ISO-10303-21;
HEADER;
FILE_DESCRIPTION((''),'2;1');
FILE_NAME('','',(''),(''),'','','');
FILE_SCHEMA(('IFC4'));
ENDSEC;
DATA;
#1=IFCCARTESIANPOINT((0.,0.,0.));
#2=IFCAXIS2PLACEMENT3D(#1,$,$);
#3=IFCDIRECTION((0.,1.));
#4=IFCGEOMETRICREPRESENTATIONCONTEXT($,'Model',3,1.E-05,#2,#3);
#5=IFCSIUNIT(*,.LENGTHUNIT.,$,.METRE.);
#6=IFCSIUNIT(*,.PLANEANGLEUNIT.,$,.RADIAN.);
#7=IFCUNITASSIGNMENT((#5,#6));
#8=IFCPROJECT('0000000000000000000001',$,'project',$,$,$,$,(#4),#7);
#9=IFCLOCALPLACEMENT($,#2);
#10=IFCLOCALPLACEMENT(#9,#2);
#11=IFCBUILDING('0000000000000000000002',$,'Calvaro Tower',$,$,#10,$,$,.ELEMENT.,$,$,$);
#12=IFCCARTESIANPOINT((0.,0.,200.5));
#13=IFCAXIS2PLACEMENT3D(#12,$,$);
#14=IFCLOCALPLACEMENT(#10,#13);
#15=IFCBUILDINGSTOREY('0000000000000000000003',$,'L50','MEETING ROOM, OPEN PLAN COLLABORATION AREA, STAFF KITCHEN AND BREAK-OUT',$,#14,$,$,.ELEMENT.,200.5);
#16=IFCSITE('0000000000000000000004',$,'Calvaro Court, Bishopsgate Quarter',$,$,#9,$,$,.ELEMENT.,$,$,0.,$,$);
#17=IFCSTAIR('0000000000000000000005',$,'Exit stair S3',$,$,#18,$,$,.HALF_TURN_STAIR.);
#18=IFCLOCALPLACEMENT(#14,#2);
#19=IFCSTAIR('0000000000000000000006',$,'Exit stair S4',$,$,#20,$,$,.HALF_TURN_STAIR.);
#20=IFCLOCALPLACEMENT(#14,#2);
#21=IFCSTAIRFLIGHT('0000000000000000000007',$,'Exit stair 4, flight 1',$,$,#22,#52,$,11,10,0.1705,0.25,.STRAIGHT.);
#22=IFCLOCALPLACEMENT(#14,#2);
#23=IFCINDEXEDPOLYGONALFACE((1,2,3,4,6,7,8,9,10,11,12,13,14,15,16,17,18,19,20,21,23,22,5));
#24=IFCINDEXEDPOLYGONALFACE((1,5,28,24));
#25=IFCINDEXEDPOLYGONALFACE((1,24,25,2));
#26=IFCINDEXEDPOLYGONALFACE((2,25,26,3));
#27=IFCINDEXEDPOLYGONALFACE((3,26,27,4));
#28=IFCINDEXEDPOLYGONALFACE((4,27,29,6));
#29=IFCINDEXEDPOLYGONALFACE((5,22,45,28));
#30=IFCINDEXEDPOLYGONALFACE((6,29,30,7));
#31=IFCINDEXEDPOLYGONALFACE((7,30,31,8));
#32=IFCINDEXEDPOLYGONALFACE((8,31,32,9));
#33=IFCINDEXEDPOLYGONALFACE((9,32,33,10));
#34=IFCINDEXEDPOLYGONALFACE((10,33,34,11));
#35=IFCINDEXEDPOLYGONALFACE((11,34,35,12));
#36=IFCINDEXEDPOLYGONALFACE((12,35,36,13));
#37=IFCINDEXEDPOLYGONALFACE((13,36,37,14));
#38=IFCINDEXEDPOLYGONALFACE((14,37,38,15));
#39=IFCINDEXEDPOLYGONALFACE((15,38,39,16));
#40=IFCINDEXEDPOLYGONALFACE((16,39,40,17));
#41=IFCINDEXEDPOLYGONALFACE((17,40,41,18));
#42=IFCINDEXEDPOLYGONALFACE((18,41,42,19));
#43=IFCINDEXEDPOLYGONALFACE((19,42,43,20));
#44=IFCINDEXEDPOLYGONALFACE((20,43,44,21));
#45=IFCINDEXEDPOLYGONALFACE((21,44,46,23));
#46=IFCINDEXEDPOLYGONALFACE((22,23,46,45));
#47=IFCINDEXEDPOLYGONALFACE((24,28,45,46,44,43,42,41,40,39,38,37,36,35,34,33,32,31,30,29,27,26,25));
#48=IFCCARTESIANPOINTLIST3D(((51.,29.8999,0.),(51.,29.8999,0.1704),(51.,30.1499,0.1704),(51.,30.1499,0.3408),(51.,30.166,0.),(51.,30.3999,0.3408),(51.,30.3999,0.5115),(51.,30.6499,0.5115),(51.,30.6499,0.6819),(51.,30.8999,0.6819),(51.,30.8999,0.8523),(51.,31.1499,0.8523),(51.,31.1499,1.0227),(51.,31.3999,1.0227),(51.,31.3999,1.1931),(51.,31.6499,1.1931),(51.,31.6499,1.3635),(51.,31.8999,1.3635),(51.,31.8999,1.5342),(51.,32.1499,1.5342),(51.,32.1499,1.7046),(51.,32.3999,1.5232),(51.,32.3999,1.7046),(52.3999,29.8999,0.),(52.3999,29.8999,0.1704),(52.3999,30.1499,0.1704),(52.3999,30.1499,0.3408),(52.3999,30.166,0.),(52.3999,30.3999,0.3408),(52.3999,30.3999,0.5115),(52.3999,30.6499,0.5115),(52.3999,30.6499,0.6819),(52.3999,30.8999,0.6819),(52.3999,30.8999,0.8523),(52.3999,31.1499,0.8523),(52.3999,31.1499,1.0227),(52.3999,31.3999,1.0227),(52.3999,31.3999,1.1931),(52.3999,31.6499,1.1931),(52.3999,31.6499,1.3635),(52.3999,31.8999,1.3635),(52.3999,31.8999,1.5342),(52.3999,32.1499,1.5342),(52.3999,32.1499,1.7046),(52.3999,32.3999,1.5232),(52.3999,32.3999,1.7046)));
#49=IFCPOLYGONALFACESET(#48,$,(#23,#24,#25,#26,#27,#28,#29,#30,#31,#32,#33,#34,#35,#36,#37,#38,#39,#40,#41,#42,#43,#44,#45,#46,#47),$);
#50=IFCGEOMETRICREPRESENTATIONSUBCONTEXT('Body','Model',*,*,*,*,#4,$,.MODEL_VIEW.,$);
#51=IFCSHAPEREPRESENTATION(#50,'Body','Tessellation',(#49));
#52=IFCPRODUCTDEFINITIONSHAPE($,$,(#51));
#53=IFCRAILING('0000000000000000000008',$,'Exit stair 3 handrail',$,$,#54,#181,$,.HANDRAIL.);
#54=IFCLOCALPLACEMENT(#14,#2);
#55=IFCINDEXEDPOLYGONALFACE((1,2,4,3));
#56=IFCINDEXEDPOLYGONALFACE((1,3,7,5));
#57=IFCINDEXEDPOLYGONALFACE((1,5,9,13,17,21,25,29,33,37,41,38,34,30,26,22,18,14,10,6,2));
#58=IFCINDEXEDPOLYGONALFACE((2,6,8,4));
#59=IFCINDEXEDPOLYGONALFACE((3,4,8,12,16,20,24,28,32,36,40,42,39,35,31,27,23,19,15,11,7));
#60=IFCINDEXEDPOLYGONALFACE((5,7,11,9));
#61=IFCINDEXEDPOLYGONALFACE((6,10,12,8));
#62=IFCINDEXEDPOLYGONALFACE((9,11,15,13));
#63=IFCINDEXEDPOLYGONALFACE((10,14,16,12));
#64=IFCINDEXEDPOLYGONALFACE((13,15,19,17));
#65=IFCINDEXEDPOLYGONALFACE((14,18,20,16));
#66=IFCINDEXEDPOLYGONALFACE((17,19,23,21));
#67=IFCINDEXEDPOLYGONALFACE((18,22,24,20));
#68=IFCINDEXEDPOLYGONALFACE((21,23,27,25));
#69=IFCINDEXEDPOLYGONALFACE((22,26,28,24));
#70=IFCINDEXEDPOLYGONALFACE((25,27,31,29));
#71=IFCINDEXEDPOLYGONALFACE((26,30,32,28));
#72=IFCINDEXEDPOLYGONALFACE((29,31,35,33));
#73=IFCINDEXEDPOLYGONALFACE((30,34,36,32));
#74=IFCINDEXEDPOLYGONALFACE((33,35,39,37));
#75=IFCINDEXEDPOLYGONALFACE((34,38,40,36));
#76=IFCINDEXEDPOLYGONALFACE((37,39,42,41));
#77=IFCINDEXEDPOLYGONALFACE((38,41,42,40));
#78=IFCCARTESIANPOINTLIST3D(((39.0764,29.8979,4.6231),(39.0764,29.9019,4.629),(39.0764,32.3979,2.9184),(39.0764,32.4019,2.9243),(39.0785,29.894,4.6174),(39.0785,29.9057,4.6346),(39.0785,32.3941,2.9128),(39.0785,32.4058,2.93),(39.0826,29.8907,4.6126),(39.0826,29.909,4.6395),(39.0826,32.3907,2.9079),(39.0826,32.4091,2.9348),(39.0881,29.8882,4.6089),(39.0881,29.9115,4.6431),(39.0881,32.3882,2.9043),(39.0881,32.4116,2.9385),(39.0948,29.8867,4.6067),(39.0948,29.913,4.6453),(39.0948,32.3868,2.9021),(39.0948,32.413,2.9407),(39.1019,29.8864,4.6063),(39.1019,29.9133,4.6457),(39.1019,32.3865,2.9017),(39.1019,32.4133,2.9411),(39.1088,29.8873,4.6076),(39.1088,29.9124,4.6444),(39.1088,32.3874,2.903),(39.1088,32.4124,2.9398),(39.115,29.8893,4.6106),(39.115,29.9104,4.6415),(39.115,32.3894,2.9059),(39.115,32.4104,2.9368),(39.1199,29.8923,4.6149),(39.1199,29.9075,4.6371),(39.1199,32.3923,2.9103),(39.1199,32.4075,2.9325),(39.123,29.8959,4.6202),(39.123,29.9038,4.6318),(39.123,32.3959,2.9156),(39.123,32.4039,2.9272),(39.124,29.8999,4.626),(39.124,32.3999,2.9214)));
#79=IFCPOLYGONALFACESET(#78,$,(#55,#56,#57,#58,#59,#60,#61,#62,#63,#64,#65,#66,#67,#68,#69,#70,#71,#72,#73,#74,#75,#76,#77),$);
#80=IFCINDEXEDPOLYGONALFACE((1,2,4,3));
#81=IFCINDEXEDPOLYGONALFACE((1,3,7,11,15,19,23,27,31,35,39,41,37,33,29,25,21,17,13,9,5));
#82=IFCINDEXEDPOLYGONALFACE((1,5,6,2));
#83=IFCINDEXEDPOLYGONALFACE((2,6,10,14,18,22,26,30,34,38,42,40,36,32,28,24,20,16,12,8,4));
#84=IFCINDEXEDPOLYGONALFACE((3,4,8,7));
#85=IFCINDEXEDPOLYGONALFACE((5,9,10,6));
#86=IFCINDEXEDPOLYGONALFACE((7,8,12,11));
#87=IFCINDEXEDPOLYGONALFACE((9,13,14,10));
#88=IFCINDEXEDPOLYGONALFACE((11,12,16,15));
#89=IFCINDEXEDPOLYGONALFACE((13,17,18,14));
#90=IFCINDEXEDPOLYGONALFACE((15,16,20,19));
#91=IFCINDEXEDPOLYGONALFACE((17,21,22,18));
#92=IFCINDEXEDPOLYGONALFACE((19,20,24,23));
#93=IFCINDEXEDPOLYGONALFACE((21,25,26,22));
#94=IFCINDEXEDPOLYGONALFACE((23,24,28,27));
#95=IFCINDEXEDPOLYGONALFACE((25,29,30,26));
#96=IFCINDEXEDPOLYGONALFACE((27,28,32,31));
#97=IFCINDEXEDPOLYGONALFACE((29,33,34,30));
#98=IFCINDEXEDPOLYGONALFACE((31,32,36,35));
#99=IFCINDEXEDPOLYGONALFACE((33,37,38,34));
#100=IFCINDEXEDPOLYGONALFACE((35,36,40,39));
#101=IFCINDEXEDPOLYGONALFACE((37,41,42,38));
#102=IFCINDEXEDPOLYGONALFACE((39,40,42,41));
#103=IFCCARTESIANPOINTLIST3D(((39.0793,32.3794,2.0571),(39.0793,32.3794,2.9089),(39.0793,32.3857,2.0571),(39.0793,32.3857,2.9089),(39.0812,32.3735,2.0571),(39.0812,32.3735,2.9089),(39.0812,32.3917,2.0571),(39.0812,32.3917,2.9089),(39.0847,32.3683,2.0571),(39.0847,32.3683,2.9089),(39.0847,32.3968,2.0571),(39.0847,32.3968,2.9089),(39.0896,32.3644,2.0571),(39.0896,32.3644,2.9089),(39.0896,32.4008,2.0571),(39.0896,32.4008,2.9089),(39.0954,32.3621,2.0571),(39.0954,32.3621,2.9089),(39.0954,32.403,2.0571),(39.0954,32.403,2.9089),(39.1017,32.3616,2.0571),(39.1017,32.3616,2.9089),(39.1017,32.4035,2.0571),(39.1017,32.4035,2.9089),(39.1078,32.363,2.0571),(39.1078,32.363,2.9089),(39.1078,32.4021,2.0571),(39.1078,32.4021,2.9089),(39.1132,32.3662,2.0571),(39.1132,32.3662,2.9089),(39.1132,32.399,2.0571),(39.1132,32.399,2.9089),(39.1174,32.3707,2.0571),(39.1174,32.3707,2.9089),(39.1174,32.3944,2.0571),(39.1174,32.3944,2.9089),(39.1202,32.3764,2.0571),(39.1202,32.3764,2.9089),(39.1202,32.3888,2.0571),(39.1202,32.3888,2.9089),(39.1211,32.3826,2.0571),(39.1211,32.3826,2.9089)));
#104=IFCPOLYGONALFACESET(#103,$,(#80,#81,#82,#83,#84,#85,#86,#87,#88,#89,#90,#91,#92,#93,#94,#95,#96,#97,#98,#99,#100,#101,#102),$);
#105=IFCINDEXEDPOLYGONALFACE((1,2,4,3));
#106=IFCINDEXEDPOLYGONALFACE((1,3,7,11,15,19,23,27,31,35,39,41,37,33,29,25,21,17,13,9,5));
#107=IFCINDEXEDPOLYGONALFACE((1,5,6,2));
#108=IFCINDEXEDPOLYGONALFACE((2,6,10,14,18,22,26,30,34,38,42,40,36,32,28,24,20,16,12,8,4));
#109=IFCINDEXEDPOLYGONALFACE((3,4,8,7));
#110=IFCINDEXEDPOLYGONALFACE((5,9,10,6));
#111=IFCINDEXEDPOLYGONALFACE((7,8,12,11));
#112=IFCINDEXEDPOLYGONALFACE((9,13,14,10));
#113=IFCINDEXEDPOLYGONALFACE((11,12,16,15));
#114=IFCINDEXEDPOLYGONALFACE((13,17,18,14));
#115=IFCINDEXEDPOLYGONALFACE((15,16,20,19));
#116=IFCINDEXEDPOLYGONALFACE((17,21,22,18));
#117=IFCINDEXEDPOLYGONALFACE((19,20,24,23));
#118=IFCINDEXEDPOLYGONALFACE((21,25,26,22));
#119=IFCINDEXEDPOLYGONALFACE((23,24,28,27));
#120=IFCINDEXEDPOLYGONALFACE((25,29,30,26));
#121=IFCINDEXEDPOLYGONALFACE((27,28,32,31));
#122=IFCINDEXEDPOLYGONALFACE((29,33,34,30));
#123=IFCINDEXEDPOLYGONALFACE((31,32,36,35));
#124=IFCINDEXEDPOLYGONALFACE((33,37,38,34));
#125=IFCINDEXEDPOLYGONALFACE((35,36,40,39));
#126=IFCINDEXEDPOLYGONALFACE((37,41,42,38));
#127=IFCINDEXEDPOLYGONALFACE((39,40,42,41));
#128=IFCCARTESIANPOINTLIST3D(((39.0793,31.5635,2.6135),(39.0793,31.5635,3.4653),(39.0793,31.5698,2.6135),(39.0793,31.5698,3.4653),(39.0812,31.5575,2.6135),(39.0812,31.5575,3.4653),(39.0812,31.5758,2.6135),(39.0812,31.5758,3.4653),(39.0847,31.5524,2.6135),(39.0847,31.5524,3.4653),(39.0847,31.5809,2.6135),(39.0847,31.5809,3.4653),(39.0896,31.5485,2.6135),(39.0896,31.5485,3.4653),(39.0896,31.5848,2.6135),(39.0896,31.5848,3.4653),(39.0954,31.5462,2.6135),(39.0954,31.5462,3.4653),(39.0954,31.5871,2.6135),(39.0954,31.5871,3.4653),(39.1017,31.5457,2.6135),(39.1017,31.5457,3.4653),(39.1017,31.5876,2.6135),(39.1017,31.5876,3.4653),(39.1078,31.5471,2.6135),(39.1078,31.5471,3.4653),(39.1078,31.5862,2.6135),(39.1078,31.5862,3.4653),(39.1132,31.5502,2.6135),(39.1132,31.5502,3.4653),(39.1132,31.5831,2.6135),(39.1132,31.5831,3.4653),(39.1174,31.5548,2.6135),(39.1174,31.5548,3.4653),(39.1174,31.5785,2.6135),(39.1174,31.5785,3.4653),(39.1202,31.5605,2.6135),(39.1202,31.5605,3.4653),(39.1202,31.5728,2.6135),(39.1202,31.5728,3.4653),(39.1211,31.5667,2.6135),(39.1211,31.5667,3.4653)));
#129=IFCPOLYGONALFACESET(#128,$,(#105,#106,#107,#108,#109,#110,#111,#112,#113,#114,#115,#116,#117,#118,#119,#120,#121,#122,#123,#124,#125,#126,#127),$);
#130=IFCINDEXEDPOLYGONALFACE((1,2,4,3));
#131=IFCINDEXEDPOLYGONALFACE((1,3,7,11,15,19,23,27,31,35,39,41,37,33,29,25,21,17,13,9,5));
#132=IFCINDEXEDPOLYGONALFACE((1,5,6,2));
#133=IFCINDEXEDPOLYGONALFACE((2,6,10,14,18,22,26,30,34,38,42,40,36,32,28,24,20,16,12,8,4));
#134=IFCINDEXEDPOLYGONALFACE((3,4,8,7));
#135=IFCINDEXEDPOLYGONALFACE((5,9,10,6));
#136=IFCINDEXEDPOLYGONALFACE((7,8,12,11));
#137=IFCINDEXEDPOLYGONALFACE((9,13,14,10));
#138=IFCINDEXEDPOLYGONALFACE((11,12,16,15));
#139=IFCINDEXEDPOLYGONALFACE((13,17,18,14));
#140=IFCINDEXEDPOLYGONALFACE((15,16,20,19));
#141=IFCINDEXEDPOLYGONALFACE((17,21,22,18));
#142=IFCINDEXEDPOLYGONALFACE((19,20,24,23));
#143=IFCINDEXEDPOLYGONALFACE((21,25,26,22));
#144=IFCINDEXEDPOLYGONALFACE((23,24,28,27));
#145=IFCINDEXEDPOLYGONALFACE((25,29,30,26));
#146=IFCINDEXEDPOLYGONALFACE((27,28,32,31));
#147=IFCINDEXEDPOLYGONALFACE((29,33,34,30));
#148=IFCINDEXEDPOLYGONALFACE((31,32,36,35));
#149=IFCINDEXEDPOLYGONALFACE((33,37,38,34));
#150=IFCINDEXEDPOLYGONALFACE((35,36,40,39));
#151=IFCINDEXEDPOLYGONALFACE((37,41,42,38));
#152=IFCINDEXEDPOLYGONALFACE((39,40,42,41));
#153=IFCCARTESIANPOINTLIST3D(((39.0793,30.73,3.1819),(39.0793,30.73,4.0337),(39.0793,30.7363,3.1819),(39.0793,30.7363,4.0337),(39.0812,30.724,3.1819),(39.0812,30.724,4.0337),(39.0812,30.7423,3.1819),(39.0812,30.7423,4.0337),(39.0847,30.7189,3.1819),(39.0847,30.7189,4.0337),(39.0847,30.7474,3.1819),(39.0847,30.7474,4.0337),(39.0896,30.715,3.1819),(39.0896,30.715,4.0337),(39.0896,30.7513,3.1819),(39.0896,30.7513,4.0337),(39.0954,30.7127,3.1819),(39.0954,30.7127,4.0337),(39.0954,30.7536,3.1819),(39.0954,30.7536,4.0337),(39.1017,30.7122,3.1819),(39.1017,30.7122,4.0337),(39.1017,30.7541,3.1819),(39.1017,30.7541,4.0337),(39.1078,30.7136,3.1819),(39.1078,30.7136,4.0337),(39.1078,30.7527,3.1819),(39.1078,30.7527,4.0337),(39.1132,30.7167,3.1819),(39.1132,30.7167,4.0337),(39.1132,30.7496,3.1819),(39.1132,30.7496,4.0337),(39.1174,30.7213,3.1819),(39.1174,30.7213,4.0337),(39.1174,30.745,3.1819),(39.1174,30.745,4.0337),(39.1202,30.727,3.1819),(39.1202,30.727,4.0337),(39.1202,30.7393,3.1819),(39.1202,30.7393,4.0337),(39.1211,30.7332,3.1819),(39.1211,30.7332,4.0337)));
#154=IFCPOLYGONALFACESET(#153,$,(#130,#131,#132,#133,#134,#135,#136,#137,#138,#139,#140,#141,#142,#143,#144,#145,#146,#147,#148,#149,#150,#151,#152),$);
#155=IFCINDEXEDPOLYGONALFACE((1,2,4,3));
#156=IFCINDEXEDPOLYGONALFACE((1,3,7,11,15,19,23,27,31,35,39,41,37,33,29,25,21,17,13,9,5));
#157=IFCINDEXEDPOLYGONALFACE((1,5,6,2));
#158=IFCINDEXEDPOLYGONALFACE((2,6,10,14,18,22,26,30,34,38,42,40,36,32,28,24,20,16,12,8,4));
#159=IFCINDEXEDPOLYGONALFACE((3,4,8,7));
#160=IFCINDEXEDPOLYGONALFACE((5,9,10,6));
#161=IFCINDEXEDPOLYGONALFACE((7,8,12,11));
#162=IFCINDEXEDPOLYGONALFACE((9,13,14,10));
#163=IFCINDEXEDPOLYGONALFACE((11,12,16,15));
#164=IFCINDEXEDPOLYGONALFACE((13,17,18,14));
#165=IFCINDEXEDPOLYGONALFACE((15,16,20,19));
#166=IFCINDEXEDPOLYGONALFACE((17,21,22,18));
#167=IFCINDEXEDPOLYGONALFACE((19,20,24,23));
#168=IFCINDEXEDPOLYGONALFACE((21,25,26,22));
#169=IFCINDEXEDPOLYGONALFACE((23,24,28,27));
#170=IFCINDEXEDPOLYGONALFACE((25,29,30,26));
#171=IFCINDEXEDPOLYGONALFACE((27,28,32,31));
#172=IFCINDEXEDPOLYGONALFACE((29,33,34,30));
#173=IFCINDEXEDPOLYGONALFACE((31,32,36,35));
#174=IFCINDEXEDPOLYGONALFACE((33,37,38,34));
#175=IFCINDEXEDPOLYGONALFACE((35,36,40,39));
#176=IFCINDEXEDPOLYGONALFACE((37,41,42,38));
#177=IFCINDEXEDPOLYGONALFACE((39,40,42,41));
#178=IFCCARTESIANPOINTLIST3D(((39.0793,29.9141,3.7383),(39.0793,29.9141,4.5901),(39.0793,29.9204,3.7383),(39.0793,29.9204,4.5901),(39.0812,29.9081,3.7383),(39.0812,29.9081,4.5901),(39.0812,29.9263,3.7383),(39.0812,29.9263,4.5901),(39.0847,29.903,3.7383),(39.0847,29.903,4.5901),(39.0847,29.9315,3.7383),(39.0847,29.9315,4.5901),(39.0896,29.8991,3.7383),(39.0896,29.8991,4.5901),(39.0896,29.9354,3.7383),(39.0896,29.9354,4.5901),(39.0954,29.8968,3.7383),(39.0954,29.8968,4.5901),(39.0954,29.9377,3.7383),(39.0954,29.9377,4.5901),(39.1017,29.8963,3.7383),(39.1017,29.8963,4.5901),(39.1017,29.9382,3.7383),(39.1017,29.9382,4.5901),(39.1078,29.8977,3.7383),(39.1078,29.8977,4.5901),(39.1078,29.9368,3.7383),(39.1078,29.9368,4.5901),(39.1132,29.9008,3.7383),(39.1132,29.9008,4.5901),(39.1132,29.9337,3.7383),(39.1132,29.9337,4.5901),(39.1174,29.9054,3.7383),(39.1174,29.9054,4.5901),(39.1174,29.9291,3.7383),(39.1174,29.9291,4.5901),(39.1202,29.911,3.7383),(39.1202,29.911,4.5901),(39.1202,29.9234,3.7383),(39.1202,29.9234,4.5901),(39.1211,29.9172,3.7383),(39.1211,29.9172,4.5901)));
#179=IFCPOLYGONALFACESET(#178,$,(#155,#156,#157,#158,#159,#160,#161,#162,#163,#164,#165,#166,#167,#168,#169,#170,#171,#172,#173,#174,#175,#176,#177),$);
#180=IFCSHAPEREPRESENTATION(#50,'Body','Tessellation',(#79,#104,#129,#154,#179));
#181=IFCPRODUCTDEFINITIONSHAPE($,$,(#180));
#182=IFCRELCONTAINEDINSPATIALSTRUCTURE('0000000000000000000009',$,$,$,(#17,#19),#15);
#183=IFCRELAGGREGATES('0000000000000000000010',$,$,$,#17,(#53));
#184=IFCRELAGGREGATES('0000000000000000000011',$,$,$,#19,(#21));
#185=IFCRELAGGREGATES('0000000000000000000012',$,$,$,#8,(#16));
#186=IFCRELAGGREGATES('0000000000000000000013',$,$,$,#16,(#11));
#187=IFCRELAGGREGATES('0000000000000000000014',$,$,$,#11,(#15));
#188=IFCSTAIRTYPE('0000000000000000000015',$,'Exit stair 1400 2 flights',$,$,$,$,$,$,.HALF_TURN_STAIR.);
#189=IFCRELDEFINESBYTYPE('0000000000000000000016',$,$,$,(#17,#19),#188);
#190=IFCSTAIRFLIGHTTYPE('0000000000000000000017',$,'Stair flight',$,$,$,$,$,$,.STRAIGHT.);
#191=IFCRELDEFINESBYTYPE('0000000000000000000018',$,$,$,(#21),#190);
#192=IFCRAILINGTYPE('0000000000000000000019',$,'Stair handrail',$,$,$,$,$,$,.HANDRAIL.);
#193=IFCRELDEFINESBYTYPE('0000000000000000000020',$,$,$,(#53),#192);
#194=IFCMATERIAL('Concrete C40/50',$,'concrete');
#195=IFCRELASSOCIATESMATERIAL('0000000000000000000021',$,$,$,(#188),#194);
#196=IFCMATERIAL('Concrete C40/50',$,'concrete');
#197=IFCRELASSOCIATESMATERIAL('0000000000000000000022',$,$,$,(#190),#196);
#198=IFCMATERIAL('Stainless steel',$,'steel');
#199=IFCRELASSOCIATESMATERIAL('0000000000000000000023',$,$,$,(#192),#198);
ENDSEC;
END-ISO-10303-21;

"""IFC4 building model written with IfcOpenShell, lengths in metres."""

from ifc_helpers import new_model, si_unit, direction, frame, origin, origin_2d, place, context, subcontext, project, spatial, polyline, circle, outline, extrude, material, type_object, element, aggregate, save


model = new_model("IFC4")

# Units and contexts
model_context = context("Model", 3, precision=1e-05, world=origin(), true_north=direction((0.0, 1.0)))
body_context = subcontext(model_context, "Body", "Model", "MODEL_VIEW")
ifc_project = project(units=[si_unit("LENGTHUNIT", "METRE"), si_unit("PLANEANGLEUNIT", "RADIAN")], contexts=[model_context])

# Site, building, storey
site_placement = place(None, origin())
site = spatial("IfcSite", under=ifc_project, at=site_placement, Name="Calvaro Court, Bishopsgate Quarter", CompositionType="ELEMENT", RefElevation=0.0)
building_placement = place(site_placement, origin())
building = spatial("IfcBuilding", under=site, at=building_placement, Name="Calvaro Tower", CompositionType="ELEMENT")
storey_placement = place(building_placement, frame((0.0, 0.0, 200.5)))
storey = spatial("IfcBuildingStorey", under=building, at=storey_placement, Name="L50", Description="MEETING ROOM, OPEN PLAN COLLABORATION AREA, STAFF KITCHEN AND BREAK-OUT", CompositionType="ELEMENT", Elevation=200.5)

# Stairs, stair flight
ifc_material_1 = material(Name="Concrete C40/50", Category="concrete")
stair_type = type_object("IfcStairType", Name="Exit stair 1400 2 flights", PredefinedType="HALF_TURN_STAIR", material=ifc_material_1)
stair_1_placement = place(storey_placement, origin())
stair_1 = element("IfcStair", 1, at=stair_1_placement, inside=storey, type_object=stair_type, Name="Exit stair S3", PredefinedType="HALF_TURN_STAIR")
ifc_material_2 = material(Name="Concrete C40/50", Category="concrete")
stair_flight_type = type_object("IfcStairFlightType", Name="Stair flight", PredefinedType="STRAIGHT", material=ifc_material_2)
stair_2_placement = place(storey_placement, origin())
stair_2 = element("IfcStair", 2, at=stair_2_placement, inside=storey, type_object=stair_type, Name="Exit stair S4", PredefinedType="HALF_TURN_STAIR")
stair_flight_1_placement = place(storey_placement, frame((51.7, 29.8999, 0.0), z_axis=(0.0, 0.0, 1.0), x_axis=(0.0, 1.0, 0.0)))
stair_flight_1 = element("IfcStairFlight", 3, at=stair_flight_1_placement, type_object=stair_flight_type, Name="Exit stair 4, flight 1", NumberOfRisers=11, NumberOfTreads=10, PredefinedType="STRAIGHT", RiserHeight=0.1705, TreadLength=0.25, context=body_context, shape_type="SweptSolid", body=[
    extrude(outline(polyline([(0.0, 0.0), (0.0, 0.1704), (0.25, 0.1704), (0.25, 0.3408), (0.5, 0.3408), (0.5, 0.5115), (0.75, 0.5115), (0.75, 0.6819), (1.0, 0.6819), (1.0, 0.8523), (1.25, 0.8523), (1.25, 1.0227), (1.5, 1.0227), (1.5, 1.1931), (1.75, 1.1931), (1.75, 1.3635), (2.0, 1.3635), (2.0, 1.5342), (2.25, 1.5342), (2.25, 1.7046), (2.5, 1.7046), (2.5, 1.875), (2.5, 1.5232), (0.2661, 0.0), (0.0, 0.0)])), frame((0.0, 0.7, 0.0), z_axis=(0.0, -1.0, 0.0), x_axis=(1.0, 0.0, 0.0)), (0.0, 0.0, 1.0), 1.3999),
])

# Railing
ifc_material_3 = material(Name="Stainless steel", Category="steel")
railing_type = type_object("IfcRailingType", Name="Stair handrail", PredefinedType="HANDRAIL", material=ifc_material_3)
railing_1_placement = place(storey_placement, frame((39.1001, 32.3999, 2.0454)))
railing_1 = element("IfcRailing", 4, at=railing_1_placement, type_object=railing_type, Name="Exit stair 3 handrail", PredefinedType="HANDRAIL", context=body_context, shape_type="SweptSolid", body=[
    extrude(circle(Radius=0.0239, at=origin_2d()), frame((0.0, 0.0, 0.876), z_axis=(0.0, -0.826221, 0.563347), x_axis=(1.0, 0.0, 0.0)), (0.0, 0.0, 1.0), 3.0259),
    extrude(circle(Radius=0.021, at=origin_2d()), frame((0.0, -0.0173, 0.0117)), (0.0, 0.0, 1.0), 0.8518),
    extrude(circle(Radius=0.021, at=origin_2d()), frame((0.0, -0.8333, 0.5681)), (0.0, 0.0, 1.0), 0.8518),
    extrude(circle(Radius=0.021, at=origin_2d()), frame((0.0, -1.6667, 1.1365)), (0.0, 0.0, 1.0), 0.8518),
    extrude(circle(Radius=0.021, at=origin_2d()), frame((0.0, -2.4827, 1.6929)), (0.0, 0.0, 1.0), 0.8518),
])
aggregate(stair_1, [railing_1])
aggregate(stair_2, [stair_flight_1])

save(model, "model.ifc")
